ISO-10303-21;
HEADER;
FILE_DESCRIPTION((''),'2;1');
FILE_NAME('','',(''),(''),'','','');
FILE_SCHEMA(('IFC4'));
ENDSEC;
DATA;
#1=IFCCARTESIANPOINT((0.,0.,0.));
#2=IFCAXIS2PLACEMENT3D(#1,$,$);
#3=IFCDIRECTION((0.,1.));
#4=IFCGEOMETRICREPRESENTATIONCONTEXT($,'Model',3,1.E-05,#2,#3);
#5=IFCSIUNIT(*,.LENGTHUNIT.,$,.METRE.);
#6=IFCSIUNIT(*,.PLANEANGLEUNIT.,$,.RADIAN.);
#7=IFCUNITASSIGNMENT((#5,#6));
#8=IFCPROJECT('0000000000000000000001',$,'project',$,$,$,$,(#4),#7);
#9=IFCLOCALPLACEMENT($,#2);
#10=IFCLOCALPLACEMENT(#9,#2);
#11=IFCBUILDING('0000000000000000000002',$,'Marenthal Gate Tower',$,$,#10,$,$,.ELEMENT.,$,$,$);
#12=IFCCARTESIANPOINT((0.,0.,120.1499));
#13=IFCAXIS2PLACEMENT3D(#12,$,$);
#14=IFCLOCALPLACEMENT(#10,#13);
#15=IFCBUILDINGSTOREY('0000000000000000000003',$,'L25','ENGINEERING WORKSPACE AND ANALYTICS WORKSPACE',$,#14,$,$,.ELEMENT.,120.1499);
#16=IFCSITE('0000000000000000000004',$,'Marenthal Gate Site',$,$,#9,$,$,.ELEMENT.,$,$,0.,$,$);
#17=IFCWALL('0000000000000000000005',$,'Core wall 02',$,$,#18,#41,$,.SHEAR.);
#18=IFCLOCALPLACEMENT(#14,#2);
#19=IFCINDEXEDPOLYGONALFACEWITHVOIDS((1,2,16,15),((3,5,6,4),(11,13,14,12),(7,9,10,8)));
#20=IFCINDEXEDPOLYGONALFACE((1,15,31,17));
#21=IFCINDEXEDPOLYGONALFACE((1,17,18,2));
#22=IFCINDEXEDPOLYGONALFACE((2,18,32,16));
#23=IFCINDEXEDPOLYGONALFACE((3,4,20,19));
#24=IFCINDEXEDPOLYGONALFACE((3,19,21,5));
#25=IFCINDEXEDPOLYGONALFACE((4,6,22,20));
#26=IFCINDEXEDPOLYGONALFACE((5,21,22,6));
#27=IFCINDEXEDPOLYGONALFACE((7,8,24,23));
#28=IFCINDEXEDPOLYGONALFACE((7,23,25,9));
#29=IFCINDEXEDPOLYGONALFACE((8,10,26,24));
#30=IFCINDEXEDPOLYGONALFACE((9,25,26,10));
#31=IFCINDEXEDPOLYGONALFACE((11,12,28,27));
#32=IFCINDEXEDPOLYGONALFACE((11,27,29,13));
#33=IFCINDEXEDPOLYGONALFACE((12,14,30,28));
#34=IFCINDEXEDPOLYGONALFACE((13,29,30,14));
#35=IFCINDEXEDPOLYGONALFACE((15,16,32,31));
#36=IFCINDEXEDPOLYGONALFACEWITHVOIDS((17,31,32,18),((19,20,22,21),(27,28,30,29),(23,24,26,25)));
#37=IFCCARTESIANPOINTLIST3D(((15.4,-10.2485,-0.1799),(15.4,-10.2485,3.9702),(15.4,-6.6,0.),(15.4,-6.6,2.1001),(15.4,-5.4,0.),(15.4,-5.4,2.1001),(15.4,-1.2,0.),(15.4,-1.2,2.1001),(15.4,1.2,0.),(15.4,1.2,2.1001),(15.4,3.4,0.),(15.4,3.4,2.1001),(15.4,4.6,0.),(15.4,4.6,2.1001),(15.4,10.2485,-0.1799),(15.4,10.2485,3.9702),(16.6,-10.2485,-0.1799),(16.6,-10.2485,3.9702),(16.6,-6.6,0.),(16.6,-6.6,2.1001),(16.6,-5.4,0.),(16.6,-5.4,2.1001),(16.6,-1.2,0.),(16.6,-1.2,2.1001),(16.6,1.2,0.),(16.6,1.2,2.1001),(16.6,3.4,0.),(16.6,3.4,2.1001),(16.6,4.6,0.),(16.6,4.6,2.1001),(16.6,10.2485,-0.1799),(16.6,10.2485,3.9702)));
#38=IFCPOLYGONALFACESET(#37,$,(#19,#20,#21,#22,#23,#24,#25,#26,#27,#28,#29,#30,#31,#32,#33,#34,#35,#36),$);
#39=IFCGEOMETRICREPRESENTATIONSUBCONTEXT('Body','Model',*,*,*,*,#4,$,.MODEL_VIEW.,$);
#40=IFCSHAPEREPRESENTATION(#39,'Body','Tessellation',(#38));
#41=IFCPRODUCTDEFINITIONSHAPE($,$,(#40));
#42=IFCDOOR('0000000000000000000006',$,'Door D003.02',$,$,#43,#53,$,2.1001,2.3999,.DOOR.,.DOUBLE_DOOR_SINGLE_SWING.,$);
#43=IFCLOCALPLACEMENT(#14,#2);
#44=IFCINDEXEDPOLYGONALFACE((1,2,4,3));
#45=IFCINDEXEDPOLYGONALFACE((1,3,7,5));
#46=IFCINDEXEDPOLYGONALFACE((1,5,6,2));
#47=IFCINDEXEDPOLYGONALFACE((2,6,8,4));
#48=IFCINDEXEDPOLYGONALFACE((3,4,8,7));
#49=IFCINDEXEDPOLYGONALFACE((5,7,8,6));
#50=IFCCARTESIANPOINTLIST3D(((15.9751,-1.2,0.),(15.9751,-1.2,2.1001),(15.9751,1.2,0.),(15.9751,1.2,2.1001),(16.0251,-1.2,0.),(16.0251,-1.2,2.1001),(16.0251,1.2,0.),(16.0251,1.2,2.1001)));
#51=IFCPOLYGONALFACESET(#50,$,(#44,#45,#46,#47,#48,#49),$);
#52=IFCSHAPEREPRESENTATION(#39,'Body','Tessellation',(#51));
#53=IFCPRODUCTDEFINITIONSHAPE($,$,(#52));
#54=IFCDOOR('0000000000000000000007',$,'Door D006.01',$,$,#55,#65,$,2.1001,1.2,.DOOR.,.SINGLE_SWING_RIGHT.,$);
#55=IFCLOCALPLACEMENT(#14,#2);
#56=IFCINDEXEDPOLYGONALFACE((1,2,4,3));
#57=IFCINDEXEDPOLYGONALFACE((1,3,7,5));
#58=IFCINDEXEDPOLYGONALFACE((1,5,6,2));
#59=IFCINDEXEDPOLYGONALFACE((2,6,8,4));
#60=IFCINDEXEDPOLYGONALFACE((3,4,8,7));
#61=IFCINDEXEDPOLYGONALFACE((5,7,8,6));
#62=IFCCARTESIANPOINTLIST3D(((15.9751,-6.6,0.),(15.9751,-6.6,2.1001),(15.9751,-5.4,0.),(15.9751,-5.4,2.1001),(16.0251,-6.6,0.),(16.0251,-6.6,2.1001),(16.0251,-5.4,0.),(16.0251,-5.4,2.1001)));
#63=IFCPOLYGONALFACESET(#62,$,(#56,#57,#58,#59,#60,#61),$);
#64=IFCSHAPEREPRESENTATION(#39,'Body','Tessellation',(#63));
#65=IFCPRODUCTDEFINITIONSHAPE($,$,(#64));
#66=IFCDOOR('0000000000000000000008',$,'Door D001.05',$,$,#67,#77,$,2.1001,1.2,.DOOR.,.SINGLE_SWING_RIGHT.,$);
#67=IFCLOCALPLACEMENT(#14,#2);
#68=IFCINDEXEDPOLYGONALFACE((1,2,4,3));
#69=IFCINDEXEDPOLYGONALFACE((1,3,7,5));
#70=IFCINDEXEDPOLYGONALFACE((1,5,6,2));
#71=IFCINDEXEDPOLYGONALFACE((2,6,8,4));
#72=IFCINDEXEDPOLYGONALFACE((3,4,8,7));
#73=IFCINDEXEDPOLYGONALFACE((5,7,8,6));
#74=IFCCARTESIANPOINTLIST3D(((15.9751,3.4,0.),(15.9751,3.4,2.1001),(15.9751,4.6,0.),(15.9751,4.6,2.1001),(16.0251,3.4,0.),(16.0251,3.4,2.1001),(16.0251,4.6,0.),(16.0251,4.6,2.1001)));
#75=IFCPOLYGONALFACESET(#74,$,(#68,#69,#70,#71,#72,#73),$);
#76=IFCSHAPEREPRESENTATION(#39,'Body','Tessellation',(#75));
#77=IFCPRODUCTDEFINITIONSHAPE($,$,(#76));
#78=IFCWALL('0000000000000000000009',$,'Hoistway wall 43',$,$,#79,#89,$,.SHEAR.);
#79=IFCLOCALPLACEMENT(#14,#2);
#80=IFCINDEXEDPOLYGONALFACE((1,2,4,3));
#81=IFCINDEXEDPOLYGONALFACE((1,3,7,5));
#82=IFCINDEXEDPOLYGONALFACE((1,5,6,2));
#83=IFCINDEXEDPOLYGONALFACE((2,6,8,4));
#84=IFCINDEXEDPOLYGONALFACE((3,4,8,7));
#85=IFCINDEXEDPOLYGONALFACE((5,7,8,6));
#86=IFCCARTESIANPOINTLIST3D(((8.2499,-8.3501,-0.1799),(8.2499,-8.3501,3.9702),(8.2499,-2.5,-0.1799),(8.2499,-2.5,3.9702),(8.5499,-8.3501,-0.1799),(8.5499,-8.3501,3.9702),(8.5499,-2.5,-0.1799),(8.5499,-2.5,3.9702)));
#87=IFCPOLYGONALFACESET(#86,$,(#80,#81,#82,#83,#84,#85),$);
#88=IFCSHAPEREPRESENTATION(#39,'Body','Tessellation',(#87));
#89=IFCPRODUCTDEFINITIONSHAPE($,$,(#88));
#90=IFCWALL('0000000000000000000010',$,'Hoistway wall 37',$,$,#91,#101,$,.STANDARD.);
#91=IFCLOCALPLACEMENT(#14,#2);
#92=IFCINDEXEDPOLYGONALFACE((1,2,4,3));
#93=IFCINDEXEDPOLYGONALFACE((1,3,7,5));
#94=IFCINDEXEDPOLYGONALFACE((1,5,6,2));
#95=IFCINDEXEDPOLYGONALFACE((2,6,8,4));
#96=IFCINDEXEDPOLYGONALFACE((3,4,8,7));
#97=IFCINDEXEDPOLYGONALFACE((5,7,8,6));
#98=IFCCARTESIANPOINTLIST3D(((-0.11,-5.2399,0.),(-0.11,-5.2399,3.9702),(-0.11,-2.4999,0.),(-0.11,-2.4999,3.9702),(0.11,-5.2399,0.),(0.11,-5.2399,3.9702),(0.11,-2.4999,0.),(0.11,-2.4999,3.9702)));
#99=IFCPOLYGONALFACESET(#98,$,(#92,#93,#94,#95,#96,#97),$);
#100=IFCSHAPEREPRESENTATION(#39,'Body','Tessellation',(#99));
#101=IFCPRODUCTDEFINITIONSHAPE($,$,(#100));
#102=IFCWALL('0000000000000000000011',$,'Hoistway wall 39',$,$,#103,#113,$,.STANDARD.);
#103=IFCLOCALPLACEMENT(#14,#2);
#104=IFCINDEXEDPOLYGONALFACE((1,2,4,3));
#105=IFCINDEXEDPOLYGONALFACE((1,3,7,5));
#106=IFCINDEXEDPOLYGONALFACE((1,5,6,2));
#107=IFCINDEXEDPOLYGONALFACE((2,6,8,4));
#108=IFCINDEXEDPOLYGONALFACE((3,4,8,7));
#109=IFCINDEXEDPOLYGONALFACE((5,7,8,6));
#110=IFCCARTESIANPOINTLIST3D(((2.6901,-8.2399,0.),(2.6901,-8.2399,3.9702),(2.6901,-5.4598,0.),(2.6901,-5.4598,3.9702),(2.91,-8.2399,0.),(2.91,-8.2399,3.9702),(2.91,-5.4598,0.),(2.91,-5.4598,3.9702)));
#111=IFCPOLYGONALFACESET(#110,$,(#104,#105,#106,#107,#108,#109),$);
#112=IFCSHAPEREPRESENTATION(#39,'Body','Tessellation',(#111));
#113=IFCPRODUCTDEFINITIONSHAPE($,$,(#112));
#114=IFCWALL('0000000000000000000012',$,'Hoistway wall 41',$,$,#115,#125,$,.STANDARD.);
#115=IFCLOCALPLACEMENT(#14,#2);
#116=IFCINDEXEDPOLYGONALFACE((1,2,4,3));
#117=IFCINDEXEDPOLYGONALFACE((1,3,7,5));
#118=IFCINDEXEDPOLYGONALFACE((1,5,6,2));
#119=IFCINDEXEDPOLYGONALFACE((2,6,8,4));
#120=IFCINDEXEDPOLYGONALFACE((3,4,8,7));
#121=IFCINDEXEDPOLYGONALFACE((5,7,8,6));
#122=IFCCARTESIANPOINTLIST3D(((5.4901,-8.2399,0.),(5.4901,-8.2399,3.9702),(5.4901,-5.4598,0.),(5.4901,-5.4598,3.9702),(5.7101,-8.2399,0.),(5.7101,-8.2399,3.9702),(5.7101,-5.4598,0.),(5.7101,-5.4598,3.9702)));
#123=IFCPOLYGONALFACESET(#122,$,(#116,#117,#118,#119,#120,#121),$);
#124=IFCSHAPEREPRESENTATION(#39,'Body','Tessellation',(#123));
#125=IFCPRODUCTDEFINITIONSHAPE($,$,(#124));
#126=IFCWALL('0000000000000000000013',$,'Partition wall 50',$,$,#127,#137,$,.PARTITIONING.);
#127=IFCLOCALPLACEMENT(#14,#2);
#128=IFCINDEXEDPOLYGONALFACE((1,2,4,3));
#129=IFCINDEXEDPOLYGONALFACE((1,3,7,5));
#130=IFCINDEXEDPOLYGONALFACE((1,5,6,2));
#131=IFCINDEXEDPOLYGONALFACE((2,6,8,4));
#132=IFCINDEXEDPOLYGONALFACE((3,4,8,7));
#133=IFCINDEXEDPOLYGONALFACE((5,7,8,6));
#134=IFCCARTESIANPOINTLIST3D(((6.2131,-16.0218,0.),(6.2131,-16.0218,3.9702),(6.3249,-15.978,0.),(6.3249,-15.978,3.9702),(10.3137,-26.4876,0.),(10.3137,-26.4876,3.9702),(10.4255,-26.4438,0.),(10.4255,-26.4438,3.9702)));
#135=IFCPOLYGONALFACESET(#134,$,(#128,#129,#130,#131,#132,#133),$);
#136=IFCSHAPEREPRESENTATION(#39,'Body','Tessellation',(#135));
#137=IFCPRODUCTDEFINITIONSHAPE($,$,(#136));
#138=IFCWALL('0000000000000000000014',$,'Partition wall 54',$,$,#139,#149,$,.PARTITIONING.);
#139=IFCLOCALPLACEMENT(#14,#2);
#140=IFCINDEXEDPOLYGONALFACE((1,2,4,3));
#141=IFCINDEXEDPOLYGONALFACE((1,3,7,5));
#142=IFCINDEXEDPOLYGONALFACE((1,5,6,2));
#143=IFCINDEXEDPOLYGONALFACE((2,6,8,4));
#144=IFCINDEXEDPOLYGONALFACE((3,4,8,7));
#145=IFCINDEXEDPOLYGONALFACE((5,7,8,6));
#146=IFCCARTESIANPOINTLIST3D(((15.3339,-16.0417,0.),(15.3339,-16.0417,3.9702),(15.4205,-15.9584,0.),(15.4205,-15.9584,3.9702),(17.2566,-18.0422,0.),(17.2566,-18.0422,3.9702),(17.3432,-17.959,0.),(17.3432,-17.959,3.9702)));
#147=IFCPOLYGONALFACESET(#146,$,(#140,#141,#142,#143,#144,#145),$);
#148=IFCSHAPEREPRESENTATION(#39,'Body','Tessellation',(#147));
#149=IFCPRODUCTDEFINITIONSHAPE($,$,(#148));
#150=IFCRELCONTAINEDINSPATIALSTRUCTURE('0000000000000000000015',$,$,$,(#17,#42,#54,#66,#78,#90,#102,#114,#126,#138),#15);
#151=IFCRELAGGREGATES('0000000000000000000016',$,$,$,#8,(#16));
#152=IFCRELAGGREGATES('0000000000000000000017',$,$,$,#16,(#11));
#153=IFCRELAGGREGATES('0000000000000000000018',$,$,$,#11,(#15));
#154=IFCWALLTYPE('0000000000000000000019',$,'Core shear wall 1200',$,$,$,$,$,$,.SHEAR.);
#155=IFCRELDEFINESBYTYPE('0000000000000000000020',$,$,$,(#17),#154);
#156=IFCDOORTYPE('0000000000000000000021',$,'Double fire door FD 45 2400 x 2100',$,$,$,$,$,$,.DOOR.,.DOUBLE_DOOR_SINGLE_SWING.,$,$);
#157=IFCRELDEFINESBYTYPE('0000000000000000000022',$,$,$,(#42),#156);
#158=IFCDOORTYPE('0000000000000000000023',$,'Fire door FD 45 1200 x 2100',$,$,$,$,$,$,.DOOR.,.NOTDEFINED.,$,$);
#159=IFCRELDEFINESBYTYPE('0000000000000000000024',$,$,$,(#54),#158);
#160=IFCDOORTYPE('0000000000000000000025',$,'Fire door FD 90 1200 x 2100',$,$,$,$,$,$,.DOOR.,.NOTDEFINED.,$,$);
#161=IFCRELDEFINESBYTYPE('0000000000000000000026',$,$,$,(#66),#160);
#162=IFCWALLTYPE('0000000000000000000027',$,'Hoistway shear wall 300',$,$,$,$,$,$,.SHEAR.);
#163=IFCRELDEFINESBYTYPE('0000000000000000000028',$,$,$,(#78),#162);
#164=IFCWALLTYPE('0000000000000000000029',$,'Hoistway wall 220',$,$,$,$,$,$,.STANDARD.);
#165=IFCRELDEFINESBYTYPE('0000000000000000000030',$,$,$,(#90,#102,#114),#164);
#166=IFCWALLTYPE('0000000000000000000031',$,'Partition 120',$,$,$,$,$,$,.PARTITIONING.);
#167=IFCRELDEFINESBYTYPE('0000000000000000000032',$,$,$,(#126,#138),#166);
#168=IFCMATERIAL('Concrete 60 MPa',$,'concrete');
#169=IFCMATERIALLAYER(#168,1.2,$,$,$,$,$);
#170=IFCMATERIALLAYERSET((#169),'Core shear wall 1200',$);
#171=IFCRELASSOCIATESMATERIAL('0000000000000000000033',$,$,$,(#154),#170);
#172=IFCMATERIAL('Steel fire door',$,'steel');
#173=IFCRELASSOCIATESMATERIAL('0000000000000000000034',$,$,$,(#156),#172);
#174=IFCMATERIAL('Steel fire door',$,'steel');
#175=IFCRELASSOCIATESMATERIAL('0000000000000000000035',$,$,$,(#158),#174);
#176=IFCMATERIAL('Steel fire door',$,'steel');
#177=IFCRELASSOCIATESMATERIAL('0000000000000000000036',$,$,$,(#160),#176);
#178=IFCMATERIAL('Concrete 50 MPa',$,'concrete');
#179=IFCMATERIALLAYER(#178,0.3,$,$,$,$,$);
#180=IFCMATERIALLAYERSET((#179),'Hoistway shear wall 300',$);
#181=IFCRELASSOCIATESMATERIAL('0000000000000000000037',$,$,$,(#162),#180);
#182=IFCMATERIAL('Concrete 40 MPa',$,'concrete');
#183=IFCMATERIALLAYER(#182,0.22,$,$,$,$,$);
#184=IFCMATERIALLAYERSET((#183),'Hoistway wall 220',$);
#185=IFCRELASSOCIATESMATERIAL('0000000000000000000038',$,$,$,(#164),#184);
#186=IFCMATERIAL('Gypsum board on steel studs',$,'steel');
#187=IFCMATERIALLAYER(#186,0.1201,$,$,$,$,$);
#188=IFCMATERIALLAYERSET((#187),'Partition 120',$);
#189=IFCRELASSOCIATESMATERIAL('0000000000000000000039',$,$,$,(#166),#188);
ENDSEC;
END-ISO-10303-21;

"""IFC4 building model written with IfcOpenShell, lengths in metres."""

from ifc_helpers import new_model, si_unit, direction, frame, frame_2d, origin, place, context, subcontext, project, spatial, rectangle, extrude, material, layer, layer_set, type_object, element, fill, save


model = new_model("IFC4")

# Units and contexts
model_context = context("Model", 3, precision=1e-05, world=origin(), true_north=direction((0.0, 1.0)))
body_context = subcontext(model_context, "Body", "Model", "MODEL_VIEW")
ifc_project = project(units=[si_unit("LENGTHUNIT", "METRE"), si_unit("PLANEANGLEUNIT", "RADIAN")], contexts=[model_context])

# Site, building, storey
site_placement = place(None, origin())
site = spatial("IfcSite", under=ifc_project, at=site_placement, Name="Marenthal Gate Site", CompositionType="ELEMENT", RefElevation=0.0)
building_placement = place(site_placement, origin())
building = spatial("IfcBuilding", under=site, at=building_placement, Name="Marenthal Gate Tower", CompositionType="ELEMENT")
storey_placement = place(building_placement, frame((0.0, 0.0, 120.1499)))
storey = spatial("IfcBuildingStorey", under=building, at=storey_placement, Name="L25", Description="ENGINEERING WORKSPACE AND ANALYTICS WORKSPACE", CompositionType="ELEMENT", Elevation=120.1499)

# Shared definitions
ifc_material_1 = material(Name="Concrete 60 MPa", Category="concrete")
ifc_layer_1 = layer(ifc_material_1, 1.2)
ifc_layer_set_1 = layer_set([ifc_layer_1], Name="Core shear wall 1200")
wall_type_1 = type_object("IfcWallType", Name="Core shear wall 1200", PredefinedType="SHEAR", material=ifc_layer_set_1)

# Wall, openings, doors
wall_1_placement = place(storey_placement, frame((16.0, -10.2485, -0.1799), z_axis=(0.0, 0.0, 1.0), x_axis=(0.0, 1.0, 0.0)))
wall_1 = element("IfcWall", 1, at=wall_1_placement, inside=storey, type_object=wall_type_1, Name="Core wall 02", PredefinedType="SHEAR", context=body_context, shape_type="SweptSolid", body=[
    extrude(rectangle(XDim=20.4971, YDim=1.2, at=frame_2d((10.2485, 0.0))), origin(), (0.0, 0.0, 1.0), 4.1501),
])
opening_1_placement = place(wall_1_placement, frame((9.0486, 0.0, 0.1799)))
opening_1 = element("IfcOpeningElement", 2, at=opening_1_placement, cuts=wall_1, PredefinedType="OPENING", context=body_context, shape_type="SweptSolid", body=[
    extrude(rectangle(XDim=2.3999, YDim=2.1001, at=frame_2d((1.2, 1.05))), frame((0.0, 0.6099, 0.0), z_axis=(0.0, -1.0, 0.0), x_axis=(1.0, 0.0, 0.0)), (0.0, 0.0, 1.0), 1.22),
])
opening_2_placement = place(wall_1_placement, frame((13.6484, 0.0, 0.1799)))
opening_2 = element("IfcOpeningElement", 3, at=opening_2_placement, cuts=wall_1, PredefinedType="OPENING", context=body_context, shape_type="SweptSolid", body=[
    extrude(rectangle(XDim=1.2, YDim=2.1001, at=frame_2d((0.6001, 1.05))), frame((0.0, 0.6099, 0.0), z_axis=(0.0, -1.0, 0.0), x_axis=(1.0, 0.0, 0.0)), (0.0, 0.0, 1.0), 1.22),
])
opening_3_placement = place(wall_1_placement, frame((3.6484, 0.0, 0.1799)))
opening_3 = element("IfcOpeningElement", 4, at=opening_3_placement, cuts=wall_1, PredefinedType="OPENING", context=body_context, shape_type="SweptSolid", body=[
    extrude(rectangle(XDim=1.2, YDim=2.1001, at=frame_2d((0.6001, 1.05))), frame((0.0, 0.6099, 0.0), z_axis=(0.0, -1.0, 0.0), x_axis=(1.0, 0.0, 0.0)), (0.0, 0.0, 1.0), 1.22),
])
ifc_material_2 = material(Name="Steel fire door", Category="steel")
door_type_1 = type_object("IfcDoorType", Name="Double fire door FD 45 2400 x 2100", OperationType="DOUBLE_DOOR_SINGLE_SWING", PredefinedType="DOOR", material=ifc_material_2)
door_1_placement = place(opening_1_placement, origin())
door_1 = element("IfcDoor", 5, at=door_1_placement, inside=storey, type_object=door_type_1, Name="Door D003.02", OperationType="DOUBLE_DOOR_SINGLE_SWING", OverallHeight=2.1001, OverallWidth=2.3999, PredefinedType="DOOR", context=body_context, shape_type="SweptSolid", body=[
    extrude(rectangle(XDim=2.3999, YDim=2.1001, at=frame_2d((1.2, 1.05))), frame((0.0, 0.0249, 0.0), z_axis=(0.0, -1.0, 0.0), x_axis=(1.0, 0.0, 0.0)), (0.0, 0.0, 1.0), 0.05),
])
fill(opening_1, door_1)
ifc_material_3 = material(Name="Steel fire door", Category="steel")
door_type_2 = type_object("IfcDoorType", Name="Fire door FD 45 1200 x 2100", OperationType="NOTDEFINED", PredefinedType="DOOR", material=ifc_material_3)
door_2_placement = place(opening_3_placement, origin())
door_2 = element("IfcDoor", 6, at=door_2_placement, inside=storey, type_object=door_type_2, Name="Door D006.01", OperationType="SINGLE_SWING_RIGHT", OverallHeight=2.1001, OverallWidth=1.2, PredefinedType="DOOR", context=body_context, shape_type="SweptSolid", body=[
    extrude(rectangle(XDim=1.2, YDim=2.1001, at=frame_2d((0.6001, 1.05))), frame((0.0, 0.0249, 0.0), z_axis=(0.0, -1.0, 0.0), x_axis=(1.0, 0.0, 0.0)), (0.0, 0.0, 1.0), 0.05),
])
fill(opening_3, door_2)
ifc_material_4 = material(Name="Steel fire door", Category="steel")
door_type_3 = type_object("IfcDoorType", Name="Fire door FD 90 1200 x 2100", OperationType="NOTDEFINED", PredefinedType="DOOR", material=ifc_material_4)
door_3_placement = place(opening_2_placement, origin())
door_3 = element("IfcDoor", 7, at=door_3_placement, inside=storey, type_object=door_type_3, Name="Door D001.05", OperationType="SINGLE_SWING_RIGHT", OverallHeight=2.1001, OverallWidth=1.2, PredefinedType="DOOR", context=body_context, shape_type="SweptSolid", body=[
    extrude(rectangle(XDim=1.2, YDim=2.1001, at=frame_2d((0.6001, 1.05))), frame((0.0, 0.0249, 0.0), z_axis=(0.0, -1.0, 0.0), x_axis=(1.0, 0.0, 0.0)), (0.0, 0.0, 1.0), 0.05),
])
fill(opening_2, door_3)

# Walls
ifc_material_5 = material(Name="Concrete 50 MPa", Category="concrete")
ifc_layer_2 = layer(ifc_material_5, 0.3)
ifc_layer_set_2 = layer_set([ifc_layer_2], Name="Hoistway shear wall 300")
wall_type_2 = type_object("IfcWallType", Name="Hoistway shear wall 300", PredefinedType="SHEAR", material=ifc_layer_set_2)
wall_2_placement = place(storey_placement, frame((8.3999, -8.3501, -0.1799), z_axis=(0.0, 0.0, 1.0), x_axis=(0.0, 1.0, 0.0)))
element("IfcWall", 8, at=wall_2_placement, inside=storey, type_object=wall_type_2, Name="Hoistway wall 43", PredefinedType="SHEAR", context=body_context, shape_type="SweptSolid", body=[
    extrude(rectangle(XDim=5.8501, YDim=0.3, at=frame_2d((2.925, 0.0))), origin(), (0.0, 0.0, 1.0), 4.1501),
])
ifc_material_6 = material(Name="Concrete 40 MPa", Category="concrete")
ifc_layer_3 = layer(ifc_material_6, 0.22)
ifc_layer_set_3 = layer_set([ifc_layer_3], Name="Hoistway wall 220")
wall_type_3 = type_object("IfcWallType", Name="Hoistway wall 220", PredefinedType="STANDARD", material=ifc_layer_set_3)
wall_3_placement = place(storey_placement, frame((0.0, -5.24, 0.0), z_axis=(0.0, 0.0, 1.0), x_axis=(0.0, 1.0, 0.0)))
element("IfcWall", 9, at=wall_3_placement, inside=storey, type_object=wall_type_3, Name="Hoistway wall 37", PredefinedType="STANDARD", context=body_context, shape_type="SweptSolid", body=[
    extrude(rectangle(XDim=2.74, YDim=0.22, at=frame_2d((1.3701, 0.0))), origin(), (0.0, 0.0, 1.0), 3.9702),
])
for number, where, z_axis, x_axis, name in (
    (10, (2.8, -8.24, 0.0), (0.0, 0.0, 1.0), (0.0, 1.0, 0.0), "Hoistway wall 39"),
    (11, (5.6001, -8.24, 0.0), (0.0, 0.0, 1.0), (0.0, 1.0, 0.0), "Hoistway wall 41"),
):
    element("IfcWall", number, at=place(storey_placement, frame(where, z_axis=z_axis, x_axis=x_axis)), inside=storey, type_object=wall_type_3, Name=name, PredefinedType="STANDARD", context=body_context, shape_type="SweptSolid", body=[
        extrude(rectangle(XDim=2.78, YDim=0.22, at=frame_2d((1.3901, 0.0))), origin(), (0.0, 0.0, 1.0), 3.9702),
    ])
ifc_material_7 = material(Name="Gypsum board on steel studs", Category="steel")
ifc_layer_4 = layer(ifc_material_7, 0.1201)
ifc_layer_set_4 = layer_set([ifc_layer_4], Name="Partition 120")
wall_type_4 = type_object("IfcWallType", Name="Partition 120", PredefinedType="PARTITIONING", material=ifc_layer_set_4)
wall_4_placement = place(storey_placement, frame((6.269, -16.0, 0.0), z_axis=(0.0, 0.0, 1.0), x_axis=(0.364806, -0.931084, 0.0)))
element("IfcWall", 12, at=wall_4_placement, inside=storey, type_object=wall_type_4, Name="Partition wall 50", PredefinedType="PARTITIONING", context=body_context, shape_type="SweptSolid", body=[
    extrude(rectangle(XDim=11.2405, YDim=0.1201, at=frame_2d((5.6201, 0.0))), origin(), (0.0, 0.0, 1.0), 3.9702),
])
wall_5_placement = place(storey_placement, frame((17.2998, -18.0005, 0.0), z_axis=(0.0, 0.0, 1.0), x_axis=(-0.692933, 0.721002, 0.0)))
element("IfcWall", 13, at=wall_5_placement, inside=storey, type_object=wall_type_4, Name="Partition wall 54", PredefinedType="PARTITIONING", context=body_context, shape_type="SweptSolid", body=[
    extrude(rectangle(XDim=2.7747, YDim=0.1201, at=frame_2d((1.3872, 0.0))), origin(), (0.0, 0.0, 1.0), 3.9702),
])

save(model, "model.ifc")
